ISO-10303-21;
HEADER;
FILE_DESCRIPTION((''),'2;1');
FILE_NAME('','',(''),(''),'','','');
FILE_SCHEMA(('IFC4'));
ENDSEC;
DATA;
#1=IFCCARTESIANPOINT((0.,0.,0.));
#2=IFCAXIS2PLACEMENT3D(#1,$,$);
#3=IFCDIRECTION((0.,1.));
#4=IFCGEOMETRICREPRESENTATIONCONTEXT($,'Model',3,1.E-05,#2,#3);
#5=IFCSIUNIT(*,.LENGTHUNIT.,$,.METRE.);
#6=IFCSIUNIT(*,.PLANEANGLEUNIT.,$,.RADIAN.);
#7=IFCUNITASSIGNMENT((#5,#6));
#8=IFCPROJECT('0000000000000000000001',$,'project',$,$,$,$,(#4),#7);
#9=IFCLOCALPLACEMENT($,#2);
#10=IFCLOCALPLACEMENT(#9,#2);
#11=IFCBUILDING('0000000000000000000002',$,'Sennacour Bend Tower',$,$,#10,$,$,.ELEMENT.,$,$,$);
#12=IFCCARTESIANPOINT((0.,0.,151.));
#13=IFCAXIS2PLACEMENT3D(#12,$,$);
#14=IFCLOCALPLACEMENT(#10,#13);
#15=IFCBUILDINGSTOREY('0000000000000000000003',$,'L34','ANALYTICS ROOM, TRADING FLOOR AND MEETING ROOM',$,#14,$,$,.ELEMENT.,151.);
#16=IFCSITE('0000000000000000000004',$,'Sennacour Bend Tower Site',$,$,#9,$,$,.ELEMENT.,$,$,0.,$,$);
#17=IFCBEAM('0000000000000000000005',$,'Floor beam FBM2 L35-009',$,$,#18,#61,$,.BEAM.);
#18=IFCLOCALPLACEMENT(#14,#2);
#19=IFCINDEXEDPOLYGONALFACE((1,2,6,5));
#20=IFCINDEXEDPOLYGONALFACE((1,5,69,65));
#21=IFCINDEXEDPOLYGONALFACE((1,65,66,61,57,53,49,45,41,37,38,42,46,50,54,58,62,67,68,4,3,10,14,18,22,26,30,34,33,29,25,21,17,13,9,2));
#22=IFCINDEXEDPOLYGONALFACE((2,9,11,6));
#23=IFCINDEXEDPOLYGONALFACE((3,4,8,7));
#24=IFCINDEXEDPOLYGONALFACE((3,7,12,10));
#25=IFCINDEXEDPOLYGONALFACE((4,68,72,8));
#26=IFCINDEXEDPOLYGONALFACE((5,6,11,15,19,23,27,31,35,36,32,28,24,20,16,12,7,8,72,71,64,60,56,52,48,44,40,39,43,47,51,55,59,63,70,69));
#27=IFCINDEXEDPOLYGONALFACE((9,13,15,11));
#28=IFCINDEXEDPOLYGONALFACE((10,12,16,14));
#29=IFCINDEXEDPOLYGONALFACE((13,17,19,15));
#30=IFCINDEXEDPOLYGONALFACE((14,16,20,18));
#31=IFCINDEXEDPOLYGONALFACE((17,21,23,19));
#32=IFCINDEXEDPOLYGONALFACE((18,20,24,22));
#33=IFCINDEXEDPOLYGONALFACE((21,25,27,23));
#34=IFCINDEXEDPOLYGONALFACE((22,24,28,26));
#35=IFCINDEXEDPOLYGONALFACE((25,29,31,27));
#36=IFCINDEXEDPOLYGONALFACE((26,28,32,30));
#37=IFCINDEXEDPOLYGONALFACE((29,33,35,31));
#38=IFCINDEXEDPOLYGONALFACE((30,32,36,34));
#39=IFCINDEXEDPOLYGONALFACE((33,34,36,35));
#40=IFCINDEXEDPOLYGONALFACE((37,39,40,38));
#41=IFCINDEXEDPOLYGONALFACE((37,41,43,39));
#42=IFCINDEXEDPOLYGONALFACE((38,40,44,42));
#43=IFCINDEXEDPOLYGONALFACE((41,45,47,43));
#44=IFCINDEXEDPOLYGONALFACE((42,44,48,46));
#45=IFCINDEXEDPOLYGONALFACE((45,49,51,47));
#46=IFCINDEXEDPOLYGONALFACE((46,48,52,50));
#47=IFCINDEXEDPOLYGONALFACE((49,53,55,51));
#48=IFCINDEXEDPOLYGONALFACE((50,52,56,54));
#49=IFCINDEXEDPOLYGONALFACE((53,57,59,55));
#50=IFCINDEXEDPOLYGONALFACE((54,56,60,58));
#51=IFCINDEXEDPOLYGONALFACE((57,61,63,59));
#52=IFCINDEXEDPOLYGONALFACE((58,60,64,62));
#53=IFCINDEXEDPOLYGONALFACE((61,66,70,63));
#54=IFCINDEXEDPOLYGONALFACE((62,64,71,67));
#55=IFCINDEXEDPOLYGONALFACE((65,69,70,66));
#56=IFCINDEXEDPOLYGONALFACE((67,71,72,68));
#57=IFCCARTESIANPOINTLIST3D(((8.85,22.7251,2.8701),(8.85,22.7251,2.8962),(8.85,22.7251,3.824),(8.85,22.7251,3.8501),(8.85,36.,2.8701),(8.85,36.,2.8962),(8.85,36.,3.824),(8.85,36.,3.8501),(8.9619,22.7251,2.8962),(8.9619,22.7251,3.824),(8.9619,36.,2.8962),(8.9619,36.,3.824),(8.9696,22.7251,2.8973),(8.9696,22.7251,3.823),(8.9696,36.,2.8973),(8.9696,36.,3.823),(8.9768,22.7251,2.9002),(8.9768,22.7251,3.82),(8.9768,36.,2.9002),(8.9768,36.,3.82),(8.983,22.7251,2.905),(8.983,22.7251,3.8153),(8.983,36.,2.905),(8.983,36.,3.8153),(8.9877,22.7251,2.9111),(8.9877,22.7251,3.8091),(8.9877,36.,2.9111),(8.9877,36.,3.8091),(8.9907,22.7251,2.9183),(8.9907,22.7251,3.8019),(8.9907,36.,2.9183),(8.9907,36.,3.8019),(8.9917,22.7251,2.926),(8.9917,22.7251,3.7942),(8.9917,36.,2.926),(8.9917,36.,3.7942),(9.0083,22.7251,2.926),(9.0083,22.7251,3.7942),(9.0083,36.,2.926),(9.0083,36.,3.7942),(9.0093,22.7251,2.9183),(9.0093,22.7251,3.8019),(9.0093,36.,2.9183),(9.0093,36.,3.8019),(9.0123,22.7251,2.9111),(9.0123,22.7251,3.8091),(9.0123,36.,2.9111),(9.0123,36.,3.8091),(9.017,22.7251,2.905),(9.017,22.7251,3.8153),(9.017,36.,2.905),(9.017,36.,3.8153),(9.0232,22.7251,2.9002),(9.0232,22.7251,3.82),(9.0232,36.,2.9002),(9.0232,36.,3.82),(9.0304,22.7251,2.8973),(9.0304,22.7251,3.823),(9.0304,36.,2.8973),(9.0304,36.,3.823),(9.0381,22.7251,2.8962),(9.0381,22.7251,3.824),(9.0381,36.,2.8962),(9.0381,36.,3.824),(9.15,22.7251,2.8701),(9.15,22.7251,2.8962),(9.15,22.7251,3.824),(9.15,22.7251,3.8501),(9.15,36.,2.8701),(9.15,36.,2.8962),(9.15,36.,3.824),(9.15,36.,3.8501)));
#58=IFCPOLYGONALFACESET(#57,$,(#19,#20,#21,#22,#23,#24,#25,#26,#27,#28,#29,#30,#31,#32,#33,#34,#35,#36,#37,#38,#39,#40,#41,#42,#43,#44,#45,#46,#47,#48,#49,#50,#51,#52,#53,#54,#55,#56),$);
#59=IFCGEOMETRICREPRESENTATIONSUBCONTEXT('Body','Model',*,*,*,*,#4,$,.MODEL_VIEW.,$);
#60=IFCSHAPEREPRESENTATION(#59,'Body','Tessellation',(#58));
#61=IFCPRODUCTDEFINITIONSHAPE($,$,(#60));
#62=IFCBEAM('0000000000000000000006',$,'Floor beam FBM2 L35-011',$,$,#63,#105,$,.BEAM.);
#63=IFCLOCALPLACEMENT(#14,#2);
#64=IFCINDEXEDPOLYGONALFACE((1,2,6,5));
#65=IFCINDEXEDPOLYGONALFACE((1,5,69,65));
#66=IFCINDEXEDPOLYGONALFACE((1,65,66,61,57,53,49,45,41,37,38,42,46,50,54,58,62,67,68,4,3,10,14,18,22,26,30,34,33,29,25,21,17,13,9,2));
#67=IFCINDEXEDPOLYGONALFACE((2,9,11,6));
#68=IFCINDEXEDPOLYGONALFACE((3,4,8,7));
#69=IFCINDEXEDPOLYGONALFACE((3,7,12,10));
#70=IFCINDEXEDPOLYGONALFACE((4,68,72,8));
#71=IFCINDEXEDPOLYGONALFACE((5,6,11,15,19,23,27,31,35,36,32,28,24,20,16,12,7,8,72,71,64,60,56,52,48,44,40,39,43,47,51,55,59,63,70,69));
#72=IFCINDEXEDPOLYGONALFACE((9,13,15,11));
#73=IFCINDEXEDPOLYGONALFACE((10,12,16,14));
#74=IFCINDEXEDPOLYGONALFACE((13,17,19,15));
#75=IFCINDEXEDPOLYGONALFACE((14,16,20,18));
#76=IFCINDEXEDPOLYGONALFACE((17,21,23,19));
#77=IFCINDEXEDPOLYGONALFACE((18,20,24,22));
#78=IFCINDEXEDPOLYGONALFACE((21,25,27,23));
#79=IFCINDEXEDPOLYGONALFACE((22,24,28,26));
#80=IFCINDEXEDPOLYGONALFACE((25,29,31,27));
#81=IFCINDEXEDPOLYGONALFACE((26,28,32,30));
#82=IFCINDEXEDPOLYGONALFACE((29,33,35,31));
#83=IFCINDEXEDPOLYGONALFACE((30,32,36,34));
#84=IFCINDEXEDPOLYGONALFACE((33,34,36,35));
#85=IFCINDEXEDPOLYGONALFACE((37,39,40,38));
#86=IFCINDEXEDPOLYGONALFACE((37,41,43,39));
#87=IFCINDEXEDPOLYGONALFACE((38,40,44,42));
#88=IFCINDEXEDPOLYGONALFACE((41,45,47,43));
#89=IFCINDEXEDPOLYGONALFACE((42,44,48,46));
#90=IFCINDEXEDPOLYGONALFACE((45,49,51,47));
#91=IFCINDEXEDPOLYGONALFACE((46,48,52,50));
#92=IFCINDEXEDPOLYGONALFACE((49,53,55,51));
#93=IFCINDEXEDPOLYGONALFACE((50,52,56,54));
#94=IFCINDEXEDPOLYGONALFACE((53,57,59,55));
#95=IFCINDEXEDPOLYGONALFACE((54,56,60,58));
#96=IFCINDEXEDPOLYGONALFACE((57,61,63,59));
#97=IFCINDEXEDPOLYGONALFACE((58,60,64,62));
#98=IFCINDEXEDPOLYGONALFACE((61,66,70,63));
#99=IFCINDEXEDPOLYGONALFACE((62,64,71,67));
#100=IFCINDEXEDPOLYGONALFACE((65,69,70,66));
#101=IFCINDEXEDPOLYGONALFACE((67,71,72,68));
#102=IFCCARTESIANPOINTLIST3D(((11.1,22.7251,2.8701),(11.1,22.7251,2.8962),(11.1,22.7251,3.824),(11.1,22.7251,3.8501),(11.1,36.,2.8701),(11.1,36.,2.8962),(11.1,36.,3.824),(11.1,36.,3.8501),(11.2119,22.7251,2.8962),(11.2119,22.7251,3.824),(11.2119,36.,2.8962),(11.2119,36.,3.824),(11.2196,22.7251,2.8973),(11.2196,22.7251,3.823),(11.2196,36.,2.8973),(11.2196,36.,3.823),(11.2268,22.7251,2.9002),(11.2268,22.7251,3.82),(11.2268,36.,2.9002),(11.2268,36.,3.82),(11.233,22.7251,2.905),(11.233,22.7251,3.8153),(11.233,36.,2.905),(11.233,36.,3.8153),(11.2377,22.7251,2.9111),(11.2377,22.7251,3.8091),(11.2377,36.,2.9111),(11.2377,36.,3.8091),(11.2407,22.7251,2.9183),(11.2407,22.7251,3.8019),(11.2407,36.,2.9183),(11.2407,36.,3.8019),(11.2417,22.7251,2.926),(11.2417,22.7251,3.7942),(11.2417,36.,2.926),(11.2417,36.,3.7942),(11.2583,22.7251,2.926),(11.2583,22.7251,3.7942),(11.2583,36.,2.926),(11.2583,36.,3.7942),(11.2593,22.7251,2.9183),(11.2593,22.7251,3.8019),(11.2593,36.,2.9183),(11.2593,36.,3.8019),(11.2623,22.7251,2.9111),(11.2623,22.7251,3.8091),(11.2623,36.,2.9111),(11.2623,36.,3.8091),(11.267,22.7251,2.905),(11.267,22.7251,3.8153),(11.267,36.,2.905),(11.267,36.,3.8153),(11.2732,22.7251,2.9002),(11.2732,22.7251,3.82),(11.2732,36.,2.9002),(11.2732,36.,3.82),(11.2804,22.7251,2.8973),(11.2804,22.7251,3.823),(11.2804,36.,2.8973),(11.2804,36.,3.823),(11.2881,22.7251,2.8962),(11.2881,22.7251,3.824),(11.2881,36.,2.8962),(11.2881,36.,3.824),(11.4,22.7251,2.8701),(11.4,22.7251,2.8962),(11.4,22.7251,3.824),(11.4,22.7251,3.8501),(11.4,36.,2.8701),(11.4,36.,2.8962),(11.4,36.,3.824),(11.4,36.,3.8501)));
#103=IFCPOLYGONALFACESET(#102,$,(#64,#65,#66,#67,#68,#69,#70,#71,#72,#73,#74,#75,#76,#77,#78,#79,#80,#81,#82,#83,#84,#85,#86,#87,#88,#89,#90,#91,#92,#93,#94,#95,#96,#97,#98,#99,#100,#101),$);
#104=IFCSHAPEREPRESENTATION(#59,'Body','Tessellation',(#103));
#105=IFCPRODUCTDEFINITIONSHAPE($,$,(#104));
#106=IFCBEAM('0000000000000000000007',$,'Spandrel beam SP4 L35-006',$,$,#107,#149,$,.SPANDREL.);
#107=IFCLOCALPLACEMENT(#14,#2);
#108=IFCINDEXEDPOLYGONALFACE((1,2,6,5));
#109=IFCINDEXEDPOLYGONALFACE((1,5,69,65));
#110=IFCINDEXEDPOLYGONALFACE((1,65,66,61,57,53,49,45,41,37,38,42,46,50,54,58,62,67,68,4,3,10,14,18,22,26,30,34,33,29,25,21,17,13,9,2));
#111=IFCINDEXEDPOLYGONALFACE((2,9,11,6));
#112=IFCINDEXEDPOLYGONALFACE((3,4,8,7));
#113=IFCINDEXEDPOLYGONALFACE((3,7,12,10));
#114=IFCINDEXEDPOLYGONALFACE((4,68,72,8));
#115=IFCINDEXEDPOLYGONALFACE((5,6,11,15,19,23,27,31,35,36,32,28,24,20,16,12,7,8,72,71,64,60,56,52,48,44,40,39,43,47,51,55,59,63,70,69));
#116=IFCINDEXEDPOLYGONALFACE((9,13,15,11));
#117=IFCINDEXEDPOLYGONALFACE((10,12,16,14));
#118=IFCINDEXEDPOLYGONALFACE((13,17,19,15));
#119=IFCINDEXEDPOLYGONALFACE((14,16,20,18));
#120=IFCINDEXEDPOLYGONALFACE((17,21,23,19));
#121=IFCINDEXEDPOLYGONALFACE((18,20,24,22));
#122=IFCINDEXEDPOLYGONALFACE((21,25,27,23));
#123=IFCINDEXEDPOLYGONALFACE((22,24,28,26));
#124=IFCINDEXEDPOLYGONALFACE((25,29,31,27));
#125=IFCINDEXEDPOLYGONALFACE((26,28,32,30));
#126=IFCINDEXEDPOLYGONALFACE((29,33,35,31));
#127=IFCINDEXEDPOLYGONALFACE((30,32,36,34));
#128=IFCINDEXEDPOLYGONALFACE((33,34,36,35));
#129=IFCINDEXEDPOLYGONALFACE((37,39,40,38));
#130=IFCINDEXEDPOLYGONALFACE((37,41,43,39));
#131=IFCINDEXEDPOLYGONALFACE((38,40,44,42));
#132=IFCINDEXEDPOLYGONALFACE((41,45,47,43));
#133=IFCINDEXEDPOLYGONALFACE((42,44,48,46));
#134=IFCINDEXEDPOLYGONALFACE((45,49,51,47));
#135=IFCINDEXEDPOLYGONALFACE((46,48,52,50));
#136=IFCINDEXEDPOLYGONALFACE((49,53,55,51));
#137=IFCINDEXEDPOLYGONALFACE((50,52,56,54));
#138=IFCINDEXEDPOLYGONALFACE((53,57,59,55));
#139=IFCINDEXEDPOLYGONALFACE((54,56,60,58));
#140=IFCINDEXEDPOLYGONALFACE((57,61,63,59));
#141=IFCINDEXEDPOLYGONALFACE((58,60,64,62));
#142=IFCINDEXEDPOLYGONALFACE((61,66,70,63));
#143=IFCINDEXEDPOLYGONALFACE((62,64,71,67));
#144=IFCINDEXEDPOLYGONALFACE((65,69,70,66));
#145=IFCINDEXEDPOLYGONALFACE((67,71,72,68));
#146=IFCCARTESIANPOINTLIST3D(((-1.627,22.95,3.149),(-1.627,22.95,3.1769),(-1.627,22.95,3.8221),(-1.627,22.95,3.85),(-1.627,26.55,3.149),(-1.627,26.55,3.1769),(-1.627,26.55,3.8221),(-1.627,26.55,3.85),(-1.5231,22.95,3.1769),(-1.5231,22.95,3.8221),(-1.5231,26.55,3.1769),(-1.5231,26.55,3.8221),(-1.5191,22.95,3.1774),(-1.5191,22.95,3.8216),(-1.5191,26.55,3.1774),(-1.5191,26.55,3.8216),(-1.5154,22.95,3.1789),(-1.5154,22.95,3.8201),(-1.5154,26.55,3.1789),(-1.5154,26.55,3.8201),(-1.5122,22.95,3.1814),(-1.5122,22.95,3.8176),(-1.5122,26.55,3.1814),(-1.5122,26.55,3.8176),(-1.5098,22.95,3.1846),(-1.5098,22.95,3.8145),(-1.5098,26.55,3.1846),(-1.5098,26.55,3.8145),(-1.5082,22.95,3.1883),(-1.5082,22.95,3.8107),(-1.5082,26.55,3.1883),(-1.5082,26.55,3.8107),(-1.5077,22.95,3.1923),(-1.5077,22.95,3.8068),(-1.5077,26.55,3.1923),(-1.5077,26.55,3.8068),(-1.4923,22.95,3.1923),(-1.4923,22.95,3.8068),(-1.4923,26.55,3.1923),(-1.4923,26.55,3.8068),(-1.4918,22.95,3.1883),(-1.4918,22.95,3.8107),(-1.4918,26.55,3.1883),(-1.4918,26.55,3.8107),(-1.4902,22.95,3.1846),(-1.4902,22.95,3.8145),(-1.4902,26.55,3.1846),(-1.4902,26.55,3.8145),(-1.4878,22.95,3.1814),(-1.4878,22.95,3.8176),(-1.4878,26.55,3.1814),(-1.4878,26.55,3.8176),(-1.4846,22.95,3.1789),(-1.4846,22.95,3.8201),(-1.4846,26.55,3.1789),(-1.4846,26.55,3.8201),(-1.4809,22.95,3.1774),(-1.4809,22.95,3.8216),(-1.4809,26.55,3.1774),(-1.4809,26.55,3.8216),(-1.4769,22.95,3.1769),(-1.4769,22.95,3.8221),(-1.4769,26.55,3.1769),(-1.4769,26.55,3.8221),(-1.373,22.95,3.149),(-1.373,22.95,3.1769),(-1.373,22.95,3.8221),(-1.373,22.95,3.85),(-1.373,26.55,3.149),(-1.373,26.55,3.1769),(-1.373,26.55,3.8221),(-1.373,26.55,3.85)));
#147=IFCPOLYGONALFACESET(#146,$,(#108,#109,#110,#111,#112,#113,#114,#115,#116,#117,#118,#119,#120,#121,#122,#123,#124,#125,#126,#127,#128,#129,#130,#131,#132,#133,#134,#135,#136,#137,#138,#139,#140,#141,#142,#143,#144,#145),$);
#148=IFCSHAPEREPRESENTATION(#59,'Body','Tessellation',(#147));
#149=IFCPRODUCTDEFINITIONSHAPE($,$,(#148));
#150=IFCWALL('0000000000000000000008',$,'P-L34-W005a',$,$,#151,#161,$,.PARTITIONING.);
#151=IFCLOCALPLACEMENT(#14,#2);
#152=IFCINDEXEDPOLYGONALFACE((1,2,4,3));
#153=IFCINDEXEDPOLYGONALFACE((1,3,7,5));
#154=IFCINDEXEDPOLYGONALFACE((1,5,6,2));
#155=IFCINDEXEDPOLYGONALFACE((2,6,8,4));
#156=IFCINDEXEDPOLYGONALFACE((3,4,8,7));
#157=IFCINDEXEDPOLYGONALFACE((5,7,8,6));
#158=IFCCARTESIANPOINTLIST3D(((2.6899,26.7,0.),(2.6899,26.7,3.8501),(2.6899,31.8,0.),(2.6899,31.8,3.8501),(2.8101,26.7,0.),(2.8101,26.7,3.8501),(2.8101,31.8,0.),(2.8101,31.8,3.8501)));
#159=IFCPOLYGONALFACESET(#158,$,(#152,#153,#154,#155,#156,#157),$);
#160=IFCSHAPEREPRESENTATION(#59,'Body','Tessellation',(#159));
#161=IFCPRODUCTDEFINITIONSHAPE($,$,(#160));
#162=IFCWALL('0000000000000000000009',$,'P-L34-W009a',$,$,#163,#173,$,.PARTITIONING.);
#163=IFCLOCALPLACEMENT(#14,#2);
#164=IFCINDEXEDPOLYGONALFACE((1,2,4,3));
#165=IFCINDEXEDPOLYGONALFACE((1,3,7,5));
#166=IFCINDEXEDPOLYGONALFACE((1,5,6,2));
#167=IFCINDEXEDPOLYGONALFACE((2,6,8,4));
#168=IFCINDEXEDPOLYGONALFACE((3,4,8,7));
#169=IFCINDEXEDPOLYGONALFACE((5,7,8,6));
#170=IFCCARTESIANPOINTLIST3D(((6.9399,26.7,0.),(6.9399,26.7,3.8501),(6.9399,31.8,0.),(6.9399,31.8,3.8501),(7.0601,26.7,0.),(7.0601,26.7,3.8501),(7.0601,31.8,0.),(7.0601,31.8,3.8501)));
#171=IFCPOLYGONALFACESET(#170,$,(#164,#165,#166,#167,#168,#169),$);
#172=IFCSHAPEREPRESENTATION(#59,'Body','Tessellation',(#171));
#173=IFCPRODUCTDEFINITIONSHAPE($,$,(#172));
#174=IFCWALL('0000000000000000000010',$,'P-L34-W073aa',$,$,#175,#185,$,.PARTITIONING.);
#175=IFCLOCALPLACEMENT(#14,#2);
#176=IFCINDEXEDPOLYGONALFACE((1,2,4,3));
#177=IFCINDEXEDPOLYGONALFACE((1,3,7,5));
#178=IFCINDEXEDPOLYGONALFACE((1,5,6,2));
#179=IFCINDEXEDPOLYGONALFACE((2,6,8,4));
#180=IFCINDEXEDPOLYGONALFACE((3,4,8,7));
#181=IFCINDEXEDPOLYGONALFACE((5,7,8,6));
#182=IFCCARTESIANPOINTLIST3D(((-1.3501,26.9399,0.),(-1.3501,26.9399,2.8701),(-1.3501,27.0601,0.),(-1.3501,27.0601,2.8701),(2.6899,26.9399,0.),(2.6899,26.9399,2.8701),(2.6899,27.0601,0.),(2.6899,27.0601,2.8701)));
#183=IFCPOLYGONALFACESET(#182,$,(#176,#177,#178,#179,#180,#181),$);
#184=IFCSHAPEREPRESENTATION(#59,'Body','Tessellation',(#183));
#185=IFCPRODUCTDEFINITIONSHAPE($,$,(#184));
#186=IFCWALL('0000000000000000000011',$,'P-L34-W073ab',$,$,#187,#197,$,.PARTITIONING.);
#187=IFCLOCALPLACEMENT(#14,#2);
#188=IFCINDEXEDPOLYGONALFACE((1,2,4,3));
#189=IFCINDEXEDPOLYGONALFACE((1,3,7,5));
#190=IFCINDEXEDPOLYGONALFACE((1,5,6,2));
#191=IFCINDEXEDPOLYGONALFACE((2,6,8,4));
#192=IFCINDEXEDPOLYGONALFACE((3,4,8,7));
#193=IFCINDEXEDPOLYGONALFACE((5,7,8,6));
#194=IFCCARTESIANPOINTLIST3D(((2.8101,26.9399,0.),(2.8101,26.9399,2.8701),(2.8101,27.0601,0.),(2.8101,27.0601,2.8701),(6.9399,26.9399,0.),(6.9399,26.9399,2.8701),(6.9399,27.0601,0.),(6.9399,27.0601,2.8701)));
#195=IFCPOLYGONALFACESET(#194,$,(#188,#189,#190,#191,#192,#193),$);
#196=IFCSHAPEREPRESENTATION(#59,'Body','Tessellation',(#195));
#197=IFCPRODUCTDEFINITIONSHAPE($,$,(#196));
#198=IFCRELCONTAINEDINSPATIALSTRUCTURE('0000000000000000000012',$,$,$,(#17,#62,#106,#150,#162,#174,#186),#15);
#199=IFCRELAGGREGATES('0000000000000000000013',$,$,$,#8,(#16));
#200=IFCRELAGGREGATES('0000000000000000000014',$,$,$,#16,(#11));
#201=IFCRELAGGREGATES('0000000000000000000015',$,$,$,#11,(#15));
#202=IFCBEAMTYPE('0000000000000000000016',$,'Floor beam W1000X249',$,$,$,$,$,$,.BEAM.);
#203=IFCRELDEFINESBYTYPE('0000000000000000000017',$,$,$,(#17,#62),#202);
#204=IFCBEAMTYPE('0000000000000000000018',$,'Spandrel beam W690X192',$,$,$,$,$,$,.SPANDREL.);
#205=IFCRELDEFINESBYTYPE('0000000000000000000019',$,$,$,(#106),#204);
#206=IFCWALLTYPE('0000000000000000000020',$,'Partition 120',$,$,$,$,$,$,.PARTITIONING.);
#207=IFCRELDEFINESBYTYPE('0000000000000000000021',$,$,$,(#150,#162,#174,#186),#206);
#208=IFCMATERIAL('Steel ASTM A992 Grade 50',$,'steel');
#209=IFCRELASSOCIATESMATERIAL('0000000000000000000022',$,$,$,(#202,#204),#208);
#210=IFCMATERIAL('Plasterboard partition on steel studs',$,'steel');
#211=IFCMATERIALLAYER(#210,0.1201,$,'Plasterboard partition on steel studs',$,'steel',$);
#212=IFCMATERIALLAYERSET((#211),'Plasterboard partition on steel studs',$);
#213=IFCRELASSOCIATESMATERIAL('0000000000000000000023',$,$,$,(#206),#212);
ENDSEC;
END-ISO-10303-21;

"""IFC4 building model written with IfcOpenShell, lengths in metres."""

from ifc_helpers import new_model, si_unit, direction, frame, frame_2d, origin, origin_2d, place, context, subcontext, project, spatial, rectangle, i_section, extrude, material, layer, layer_set, material_profile, profile_set, type_object, element, save


model = new_model("IFC4")

# Units and contexts
model_context = context("Model", 3, precision=1e-05, world=origin(), true_north=direction((0.0, 1.0)))
body_context = subcontext(model_context, "Body", "Model", "MODEL_VIEW")
ifc_project = project(units=[si_unit("LENGTHUNIT", "METRE"), si_unit("PLANEANGLEUNIT", "RADIAN")], contexts=[model_context])

# Site, building, storey
site_placement = place(None, origin())
site = spatial("IfcSite", under=ifc_project, at=site_placement, Name="Sennacour Bend Tower Site", CompositionType="ELEMENT", RefElevation=0.0)
building_placement = place(site_placement, origin())
building = spatial("IfcBuilding", under=site, at=building_placement, Name="Sennacour Bend Tower", CompositionType="ELEMENT")
storey_placement = place(building_placement, frame((0.0, 0.0, 151.0)))
storey = spatial("IfcBuildingStorey", under=building, at=storey_placement, Name="L34", Description="ANALYTICS ROOM, TRADING FLOOR AND MEETING ROOM", CompositionType="ELEMENT", Elevation=151.0)

# Beams
ifc_material_1 = material(Name="Steel ASTM A992 Grade 50", Category="steel")
ifc_material_profile_1 = material_profile(ifc_material_1, i_section(OverallWidth=0.3, OverallDepth=0.98, WebThickness=0.0166, FlangeThickness=0.0261, FilletRadius=0.0298, at=origin_2d()), Name="Steel ASTM A992 Grade 50", Category="steel")
ifc_profile_set_1 = profile_set([ifc_material_profile_1], Name="Steel ASTM A992 Grade 50")
beam_type_1 = type_object("IfcBeamType", Name="Floor beam W1000X249", PredefinedType="BEAM", material=ifc_profile_set_1)
for number, where, z_axis, x_axis, name in (
    (1, (9.0, 22.7251, 3.3601), (0.0, 1.0, 0.0), (-1.0, 0.0, 0.0), "Floor beam FBM2 L35-009"),
    (2, (11.25, 22.7251, 3.3601), (0.0, 1.0, 0.0), (-1.0, 0.0, 0.0), "Floor beam FBM2 L35-011"),
):
    element("IfcBeam", number, at=place(storey_placement, frame(where, z_axis=z_axis, x_axis=x_axis)), inside=storey, type_object=beam_type_1, Name=name, PredefinedType="BEAM", context=body_context, shape_type="SweptSolid", body=[
        extrude(i_section(OverallWidth=0.3, OverallDepth=0.98, WebThickness=0.0166, FlangeThickness=0.0261, FilletRadius=0.0298, at=origin_2d()), origin(), (0.0, 0.0, 1.0), 13.2749),
    ])
ifc_material_profile_2 = material_profile(ifc_material_1, i_section(OverallWidth=0.2539, OverallDepth=0.7009, WebThickness=0.0154, FlangeThickness=0.0278, FilletRadius=0.0154, at=origin_2d()), Name="Steel ASTM A992 Grade 50", Category="steel")
ifc_profile_set_2 = profile_set([ifc_material_profile_2], Name="Steel ASTM A992 Grade 50")
beam_type_2 = type_object("IfcBeamType", Name="Spandrel beam W690X192", PredefinedType="SPANDREL", material=ifc_profile_set_2)
beam_1_placement = place(storey_placement, frame((-1.5, 22.95, 3.4995), z_axis=(0.0, 1.0, 0.0), x_axis=(-1.0, 0.0, 0.0)))
element("IfcBeam", 3, at=beam_1_placement, inside=storey, type_object=beam_type_2, Name="Spandrel beam SP4 L35-006", PredefinedType="SPANDREL", context=body_context, shape_type="SweptSolid", body=[
    extrude(i_section(OverallWidth=0.2539, OverallDepth=0.7009, WebThickness=0.0154, FlangeThickness=0.0278, FilletRadius=0.0154, at=origin_2d()), origin(), (0.0, 0.0, 1.0), 3.6001),
])

# Walls
ifc_material_2 = material(Name="Plasterboard partition on steel studs", Category="steel")
ifc_layer_1 = layer(ifc_material_2, 0.1201, Name="Plasterboard partition on steel studs", Category="steel")
ifc_layer_set_1 = layer_set([ifc_layer_1], Name="Plasterboard partition on steel studs")
wall_type_1 = type_object("IfcWallType", Name="Partition 120", PredefinedType="PARTITIONING", material=ifc_layer_set_1)
for number, where, z_axis, x_axis, name in (
    (4, (2.75, 26.7, 0.0), (0.0, 0.0, 1.0), (0.0, 1.0, 0.0), "P-L34-W005a"),
    (5, (7.0, 26.7, 0.0), (0.0, 0.0, 1.0), (0.0, 1.0, 0.0), "P-L34-W009a"),
):
    element("IfcWall", number, at=place(storey_placement, frame(where, z_axis=z_axis, x_axis=x_axis)), inside=storey, type_object=wall_type_1, Name=name, PredefinedType="PARTITIONING", context=body_context, shape_type="SweptSolid", body=[
        extrude(rectangle(XDim=5.1001, YDim=0.1201, at=frame_2d((2.55, 0.0))), origin(), (0.0, 0.0, 1.0), 3.8501),
    ])
wall_1_placement = place(storey_placement, frame((-1.3501, 27.0, 0.0), z_axis=(0.0, 0.0, 1.0), x_axis=(1.0, 0.0, 0.0)))
element("IfcWall", 6, at=wall_1_placement, inside=storey, type_object=wall_type_1, Name="P-L34-W073aa", PredefinedType="PARTITIONING", context=body_context, shape_type="SweptSolid", body=[
    extrude(rectangle(XDim=4.04, YDim=0.1201, at=frame_2d((2.02, 0.0))), origin(), (0.0, 0.0, 1.0), 2.8701),
])
wall_2_placement = place(storey_placement, frame((2.8101, 27.0, 0.0), z_axis=(0.0, 0.0, 1.0), x_axis=(1.0, 0.0, 0.0)))
element("IfcWall", 7, at=wall_2_placement, inside=storey, type_object=wall_type_1, Name="P-L34-W073ab", PredefinedType="PARTITIONING", context=body_context, shape_type="SweptSolid", body=[
    extrude(rectangle(XDim=4.1299, YDim=0.1201, at=frame_2d((2.0649, 0.0))), origin(), (0.0, 0.0, 1.0), 2.8701),
])

save(model, "model.ifc")
